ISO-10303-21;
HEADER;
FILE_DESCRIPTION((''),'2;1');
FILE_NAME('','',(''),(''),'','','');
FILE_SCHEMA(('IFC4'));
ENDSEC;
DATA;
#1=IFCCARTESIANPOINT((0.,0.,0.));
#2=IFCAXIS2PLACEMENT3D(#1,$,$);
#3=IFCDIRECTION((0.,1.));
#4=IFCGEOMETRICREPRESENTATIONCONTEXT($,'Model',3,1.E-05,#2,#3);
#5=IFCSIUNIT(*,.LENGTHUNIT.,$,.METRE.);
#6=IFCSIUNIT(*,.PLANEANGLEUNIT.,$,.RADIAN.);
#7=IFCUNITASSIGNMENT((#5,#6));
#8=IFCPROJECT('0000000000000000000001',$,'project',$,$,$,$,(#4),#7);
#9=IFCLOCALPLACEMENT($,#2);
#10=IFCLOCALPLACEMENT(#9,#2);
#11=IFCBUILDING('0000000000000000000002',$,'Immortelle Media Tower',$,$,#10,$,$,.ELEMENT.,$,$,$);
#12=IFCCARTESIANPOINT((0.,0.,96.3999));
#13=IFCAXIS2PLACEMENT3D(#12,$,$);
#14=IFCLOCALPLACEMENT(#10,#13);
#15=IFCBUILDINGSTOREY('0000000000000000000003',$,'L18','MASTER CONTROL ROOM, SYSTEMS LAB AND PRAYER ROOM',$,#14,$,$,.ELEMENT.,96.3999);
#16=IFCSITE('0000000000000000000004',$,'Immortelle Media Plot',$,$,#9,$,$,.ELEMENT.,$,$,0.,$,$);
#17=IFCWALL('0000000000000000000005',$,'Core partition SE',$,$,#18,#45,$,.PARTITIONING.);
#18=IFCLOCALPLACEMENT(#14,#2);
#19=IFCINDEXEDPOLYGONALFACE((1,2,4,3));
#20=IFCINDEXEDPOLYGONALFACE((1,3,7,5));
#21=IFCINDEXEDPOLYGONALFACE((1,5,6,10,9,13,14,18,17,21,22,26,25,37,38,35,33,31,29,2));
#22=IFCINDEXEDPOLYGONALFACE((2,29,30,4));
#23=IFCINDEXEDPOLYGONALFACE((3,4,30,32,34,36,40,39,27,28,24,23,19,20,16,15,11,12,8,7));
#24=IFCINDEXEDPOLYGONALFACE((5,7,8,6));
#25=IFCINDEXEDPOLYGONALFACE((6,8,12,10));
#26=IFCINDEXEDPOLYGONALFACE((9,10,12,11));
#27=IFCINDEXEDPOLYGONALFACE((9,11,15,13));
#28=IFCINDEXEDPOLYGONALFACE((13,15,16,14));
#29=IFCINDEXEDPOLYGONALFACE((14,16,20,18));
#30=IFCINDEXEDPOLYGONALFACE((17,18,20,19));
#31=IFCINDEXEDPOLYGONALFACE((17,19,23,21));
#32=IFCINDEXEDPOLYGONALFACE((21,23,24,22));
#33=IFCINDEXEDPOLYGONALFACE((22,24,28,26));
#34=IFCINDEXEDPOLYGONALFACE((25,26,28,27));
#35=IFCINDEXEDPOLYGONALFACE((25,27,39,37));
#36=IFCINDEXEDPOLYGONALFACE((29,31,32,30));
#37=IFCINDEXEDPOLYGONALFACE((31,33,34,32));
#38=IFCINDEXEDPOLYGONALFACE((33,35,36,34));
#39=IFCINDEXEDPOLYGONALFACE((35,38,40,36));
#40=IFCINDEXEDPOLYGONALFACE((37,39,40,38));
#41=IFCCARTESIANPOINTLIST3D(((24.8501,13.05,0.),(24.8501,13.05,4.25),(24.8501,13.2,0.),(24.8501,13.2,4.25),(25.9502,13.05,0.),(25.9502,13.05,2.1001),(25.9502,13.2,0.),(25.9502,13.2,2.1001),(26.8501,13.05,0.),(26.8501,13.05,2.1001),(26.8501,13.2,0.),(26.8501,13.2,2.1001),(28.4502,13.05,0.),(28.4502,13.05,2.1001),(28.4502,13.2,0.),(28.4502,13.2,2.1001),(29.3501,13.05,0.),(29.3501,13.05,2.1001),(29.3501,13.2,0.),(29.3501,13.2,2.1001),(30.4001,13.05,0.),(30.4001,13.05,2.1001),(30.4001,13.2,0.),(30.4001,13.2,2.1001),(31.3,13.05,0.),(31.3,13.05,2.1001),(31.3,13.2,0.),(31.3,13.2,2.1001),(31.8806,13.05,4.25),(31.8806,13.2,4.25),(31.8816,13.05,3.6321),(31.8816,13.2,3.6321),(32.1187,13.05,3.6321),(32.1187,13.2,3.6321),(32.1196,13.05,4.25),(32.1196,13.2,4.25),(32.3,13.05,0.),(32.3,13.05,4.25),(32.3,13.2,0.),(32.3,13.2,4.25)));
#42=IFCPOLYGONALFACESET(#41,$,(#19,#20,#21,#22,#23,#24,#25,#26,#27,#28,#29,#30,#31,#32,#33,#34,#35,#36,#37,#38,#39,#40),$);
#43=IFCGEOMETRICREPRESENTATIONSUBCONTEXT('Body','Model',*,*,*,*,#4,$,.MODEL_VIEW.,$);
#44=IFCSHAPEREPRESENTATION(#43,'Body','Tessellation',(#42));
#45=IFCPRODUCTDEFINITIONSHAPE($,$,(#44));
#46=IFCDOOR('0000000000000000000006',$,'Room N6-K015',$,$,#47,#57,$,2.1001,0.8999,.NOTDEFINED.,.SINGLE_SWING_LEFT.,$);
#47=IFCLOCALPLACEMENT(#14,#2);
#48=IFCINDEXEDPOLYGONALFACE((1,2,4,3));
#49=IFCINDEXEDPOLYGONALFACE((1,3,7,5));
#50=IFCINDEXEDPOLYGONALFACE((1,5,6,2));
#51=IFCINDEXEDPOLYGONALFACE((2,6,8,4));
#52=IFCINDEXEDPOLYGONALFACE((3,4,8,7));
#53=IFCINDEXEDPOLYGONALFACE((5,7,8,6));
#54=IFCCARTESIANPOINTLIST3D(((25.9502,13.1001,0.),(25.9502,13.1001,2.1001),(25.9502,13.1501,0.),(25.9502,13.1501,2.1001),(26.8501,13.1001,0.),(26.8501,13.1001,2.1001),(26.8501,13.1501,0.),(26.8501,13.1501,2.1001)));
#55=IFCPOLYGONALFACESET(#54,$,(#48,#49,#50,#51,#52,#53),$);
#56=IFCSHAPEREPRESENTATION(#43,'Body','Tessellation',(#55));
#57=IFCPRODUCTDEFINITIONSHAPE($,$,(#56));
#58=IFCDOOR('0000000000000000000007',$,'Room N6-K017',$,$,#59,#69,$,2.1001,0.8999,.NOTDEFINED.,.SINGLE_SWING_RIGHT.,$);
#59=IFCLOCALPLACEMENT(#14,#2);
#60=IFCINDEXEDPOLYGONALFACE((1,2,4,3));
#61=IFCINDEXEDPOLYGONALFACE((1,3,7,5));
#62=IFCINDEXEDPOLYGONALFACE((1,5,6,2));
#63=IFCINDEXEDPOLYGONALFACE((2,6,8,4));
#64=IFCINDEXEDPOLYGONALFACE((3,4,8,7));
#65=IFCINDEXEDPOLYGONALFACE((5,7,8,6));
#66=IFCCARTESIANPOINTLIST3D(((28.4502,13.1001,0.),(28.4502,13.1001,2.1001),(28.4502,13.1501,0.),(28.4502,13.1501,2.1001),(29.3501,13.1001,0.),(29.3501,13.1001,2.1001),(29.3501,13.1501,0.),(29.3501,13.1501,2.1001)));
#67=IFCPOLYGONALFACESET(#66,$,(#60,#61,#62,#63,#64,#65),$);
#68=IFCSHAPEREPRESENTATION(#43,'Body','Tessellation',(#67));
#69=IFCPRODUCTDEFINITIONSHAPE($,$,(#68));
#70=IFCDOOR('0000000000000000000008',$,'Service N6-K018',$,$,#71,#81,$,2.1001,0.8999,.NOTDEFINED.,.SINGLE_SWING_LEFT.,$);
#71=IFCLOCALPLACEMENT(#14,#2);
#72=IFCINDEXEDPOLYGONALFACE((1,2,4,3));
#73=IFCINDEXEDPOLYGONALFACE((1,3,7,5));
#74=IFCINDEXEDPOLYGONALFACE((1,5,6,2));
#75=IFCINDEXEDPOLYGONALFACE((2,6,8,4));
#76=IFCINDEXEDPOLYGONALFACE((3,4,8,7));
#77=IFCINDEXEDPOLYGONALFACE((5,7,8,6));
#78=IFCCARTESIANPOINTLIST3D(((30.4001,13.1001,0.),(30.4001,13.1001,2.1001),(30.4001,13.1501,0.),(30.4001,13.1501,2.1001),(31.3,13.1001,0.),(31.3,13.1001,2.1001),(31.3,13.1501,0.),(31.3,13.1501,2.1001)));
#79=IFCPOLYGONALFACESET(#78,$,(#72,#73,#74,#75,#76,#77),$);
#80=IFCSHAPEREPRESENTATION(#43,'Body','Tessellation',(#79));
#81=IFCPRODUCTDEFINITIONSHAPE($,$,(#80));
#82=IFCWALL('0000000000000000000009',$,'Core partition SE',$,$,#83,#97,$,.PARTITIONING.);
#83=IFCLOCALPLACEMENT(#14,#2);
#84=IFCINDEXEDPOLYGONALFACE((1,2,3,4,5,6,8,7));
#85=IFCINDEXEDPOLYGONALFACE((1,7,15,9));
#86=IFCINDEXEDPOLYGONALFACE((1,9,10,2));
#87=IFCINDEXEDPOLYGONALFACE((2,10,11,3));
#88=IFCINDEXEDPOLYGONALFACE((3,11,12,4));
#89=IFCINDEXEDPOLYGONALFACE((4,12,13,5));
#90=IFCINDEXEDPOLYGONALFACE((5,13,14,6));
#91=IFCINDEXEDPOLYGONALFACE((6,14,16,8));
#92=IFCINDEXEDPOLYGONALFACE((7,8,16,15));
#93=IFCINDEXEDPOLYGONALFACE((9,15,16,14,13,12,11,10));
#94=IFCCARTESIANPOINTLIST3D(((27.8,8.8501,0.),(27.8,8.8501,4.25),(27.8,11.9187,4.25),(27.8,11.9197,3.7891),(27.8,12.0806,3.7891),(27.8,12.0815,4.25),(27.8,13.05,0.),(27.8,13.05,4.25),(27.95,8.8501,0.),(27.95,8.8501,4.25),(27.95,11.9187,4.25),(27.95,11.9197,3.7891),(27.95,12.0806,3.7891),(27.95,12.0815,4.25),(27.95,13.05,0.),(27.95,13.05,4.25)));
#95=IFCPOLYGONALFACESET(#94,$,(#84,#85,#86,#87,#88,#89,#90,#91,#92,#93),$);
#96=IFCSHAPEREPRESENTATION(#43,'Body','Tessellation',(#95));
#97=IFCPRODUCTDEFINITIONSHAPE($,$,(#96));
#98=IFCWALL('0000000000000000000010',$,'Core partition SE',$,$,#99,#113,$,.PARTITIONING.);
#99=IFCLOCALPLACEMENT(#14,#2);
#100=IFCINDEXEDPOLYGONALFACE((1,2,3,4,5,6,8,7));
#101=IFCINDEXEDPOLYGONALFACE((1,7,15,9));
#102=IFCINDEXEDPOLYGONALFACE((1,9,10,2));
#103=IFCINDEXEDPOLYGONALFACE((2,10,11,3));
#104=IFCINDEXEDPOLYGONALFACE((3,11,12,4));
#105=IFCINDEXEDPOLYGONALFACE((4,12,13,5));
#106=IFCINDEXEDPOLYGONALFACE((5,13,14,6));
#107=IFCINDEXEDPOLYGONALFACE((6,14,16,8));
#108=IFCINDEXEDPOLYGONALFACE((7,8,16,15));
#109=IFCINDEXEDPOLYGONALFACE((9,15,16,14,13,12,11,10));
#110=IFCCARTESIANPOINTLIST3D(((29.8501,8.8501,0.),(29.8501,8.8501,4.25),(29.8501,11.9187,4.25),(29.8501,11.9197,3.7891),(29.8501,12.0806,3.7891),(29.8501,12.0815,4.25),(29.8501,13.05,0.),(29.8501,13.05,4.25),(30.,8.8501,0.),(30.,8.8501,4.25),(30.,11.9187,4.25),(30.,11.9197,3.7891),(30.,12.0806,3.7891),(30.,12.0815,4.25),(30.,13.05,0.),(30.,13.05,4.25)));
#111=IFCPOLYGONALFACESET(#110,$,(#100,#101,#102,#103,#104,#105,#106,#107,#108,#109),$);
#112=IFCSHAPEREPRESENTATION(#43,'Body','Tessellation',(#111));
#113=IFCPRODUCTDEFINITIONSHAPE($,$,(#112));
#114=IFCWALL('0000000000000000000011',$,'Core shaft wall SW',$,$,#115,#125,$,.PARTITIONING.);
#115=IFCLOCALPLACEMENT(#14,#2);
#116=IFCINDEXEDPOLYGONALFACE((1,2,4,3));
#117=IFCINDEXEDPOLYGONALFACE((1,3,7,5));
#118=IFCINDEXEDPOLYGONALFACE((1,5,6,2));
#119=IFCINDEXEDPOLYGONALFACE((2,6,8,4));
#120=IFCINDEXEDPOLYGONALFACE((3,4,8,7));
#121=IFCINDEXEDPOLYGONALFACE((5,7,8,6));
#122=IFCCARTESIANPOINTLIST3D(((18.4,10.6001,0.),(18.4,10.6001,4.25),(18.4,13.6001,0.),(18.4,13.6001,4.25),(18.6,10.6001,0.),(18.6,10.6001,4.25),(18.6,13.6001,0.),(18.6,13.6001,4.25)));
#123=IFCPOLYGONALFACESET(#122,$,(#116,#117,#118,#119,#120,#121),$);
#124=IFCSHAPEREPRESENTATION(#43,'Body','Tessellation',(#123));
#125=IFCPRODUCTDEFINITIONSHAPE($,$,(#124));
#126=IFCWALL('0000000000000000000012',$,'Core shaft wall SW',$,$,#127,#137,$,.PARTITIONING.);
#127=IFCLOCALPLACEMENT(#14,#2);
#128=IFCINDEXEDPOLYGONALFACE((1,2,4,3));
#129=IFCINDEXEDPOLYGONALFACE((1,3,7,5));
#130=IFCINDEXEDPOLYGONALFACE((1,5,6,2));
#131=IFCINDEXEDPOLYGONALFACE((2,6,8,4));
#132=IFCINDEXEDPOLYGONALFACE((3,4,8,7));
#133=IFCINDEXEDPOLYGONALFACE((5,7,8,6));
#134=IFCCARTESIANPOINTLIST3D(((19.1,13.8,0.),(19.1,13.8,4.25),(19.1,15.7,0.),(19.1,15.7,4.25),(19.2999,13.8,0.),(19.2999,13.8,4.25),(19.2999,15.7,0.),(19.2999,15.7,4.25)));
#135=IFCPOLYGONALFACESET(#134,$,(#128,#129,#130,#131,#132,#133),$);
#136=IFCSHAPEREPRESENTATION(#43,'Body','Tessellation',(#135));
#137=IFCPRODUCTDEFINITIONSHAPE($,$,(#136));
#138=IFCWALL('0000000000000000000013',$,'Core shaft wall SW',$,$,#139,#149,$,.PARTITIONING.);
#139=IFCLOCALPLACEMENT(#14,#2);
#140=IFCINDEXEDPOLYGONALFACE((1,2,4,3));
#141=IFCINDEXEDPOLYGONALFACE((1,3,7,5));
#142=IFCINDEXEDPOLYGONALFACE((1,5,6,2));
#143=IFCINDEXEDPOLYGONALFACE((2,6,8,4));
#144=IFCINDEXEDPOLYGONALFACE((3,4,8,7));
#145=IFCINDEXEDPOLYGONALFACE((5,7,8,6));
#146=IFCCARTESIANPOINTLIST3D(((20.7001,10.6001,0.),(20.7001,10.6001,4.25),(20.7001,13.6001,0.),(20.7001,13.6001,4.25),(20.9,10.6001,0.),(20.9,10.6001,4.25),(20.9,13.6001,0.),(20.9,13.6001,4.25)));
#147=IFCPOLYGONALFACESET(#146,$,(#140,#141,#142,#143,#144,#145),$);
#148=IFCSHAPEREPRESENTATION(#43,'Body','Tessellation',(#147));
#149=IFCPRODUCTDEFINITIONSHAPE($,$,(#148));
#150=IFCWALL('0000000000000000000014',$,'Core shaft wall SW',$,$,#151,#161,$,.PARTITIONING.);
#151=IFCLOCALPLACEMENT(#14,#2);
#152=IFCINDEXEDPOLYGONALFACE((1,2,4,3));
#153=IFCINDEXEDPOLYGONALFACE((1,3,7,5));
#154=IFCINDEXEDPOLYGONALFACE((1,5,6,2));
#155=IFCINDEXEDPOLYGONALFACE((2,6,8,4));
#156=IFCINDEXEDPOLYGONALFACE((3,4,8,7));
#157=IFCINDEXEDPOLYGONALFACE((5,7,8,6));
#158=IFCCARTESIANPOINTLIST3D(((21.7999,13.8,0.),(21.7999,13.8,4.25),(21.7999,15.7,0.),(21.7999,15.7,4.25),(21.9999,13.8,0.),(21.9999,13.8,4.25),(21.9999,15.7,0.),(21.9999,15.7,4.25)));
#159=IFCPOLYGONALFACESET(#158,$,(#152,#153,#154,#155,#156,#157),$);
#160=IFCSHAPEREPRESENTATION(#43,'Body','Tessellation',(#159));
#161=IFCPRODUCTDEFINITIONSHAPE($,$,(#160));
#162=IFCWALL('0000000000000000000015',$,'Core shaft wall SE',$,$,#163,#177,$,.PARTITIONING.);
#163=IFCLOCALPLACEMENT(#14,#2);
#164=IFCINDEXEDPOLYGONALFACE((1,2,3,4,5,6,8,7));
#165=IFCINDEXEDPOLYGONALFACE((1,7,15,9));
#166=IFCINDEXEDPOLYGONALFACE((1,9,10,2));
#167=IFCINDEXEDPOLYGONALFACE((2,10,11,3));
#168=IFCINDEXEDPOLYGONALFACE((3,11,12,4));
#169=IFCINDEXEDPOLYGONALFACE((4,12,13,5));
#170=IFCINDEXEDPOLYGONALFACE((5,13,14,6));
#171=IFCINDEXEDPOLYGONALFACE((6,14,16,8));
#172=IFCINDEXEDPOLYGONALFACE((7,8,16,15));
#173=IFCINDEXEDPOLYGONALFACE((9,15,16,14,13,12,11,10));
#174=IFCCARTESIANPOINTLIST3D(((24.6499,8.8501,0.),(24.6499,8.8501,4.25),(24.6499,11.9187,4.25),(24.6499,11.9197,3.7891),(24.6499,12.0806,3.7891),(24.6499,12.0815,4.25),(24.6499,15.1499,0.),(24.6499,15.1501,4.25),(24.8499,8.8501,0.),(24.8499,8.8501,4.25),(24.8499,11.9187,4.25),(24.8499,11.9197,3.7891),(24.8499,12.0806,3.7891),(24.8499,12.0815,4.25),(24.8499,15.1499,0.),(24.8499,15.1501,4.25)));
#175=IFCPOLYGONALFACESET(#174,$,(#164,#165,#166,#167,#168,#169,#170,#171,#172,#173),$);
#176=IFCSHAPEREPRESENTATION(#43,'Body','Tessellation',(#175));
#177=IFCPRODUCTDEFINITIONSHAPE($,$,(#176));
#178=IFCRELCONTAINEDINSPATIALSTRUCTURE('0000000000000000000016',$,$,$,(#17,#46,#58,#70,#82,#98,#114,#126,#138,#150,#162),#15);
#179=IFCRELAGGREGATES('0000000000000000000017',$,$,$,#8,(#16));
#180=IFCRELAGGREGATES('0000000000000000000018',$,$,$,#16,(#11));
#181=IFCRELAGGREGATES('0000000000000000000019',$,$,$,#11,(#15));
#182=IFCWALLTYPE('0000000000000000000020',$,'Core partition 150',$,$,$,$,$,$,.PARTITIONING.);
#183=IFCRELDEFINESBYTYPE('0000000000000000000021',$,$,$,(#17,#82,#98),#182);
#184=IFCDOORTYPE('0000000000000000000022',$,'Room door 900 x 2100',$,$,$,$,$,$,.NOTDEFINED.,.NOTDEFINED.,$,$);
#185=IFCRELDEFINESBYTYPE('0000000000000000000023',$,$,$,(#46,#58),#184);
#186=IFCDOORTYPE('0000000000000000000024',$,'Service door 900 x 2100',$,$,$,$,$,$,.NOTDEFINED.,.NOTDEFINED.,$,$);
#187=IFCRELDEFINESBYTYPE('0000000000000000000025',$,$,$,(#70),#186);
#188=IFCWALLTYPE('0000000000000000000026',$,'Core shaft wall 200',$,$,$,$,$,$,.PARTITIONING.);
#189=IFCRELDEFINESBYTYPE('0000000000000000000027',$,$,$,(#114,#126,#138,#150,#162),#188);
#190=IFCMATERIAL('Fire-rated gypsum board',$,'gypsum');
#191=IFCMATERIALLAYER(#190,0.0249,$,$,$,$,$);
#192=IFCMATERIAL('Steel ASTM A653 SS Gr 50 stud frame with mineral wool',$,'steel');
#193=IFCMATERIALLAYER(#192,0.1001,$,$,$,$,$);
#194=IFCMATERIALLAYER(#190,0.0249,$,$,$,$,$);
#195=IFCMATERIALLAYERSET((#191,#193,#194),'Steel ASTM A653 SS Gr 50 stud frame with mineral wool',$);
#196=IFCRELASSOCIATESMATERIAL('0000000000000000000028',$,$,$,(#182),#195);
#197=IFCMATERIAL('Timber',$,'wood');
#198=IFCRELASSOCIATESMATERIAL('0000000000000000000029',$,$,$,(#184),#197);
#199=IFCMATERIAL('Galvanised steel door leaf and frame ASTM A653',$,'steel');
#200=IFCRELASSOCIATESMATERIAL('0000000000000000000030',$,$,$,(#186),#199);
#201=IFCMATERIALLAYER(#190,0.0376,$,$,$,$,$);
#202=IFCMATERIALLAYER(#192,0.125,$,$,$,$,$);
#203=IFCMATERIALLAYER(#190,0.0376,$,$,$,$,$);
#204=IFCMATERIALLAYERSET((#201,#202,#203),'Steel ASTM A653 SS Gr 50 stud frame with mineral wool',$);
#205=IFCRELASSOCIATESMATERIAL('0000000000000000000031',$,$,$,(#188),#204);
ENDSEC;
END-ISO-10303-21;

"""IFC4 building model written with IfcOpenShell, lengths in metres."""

from ifc_helpers import new_model, si_unit, direction, frame, frame_2d, origin, place, context, subcontext, project, spatial, polyline, rectangle, outline, extrude, material, layer, layer_set, type_object, element, fill, save


model = new_model("IFC4")

# Units and contexts
model_context = context("Model", 3, precision=1e-05, world=origin(), true_north=direction((0.0, 1.0)))
body_context = subcontext(model_context, "Body", "Model", "MODEL_VIEW")
ifc_project = project(units=[si_unit("LENGTHUNIT", "METRE"), si_unit("PLANEANGLEUNIT", "RADIAN")], contexts=[model_context])

# Site, building, storey
site_placement = place(None, origin())
site = spatial("IfcSite", under=ifc_project, at=site_placement, Name="Immortelle Media Plot", CompositionType="ELEMENT", RefElevation=0.0)
building_placement = place(site_placement, origin())
building = spatial("IfcBuilding", under=site, at=building_placement, Name="Immortelle Media Tower", CompositionType="ELEMENT")
storey_placement = place(building_placement, frame((0.0, 0.0, 96.3999)))
storey = spatial("IfcBuildingStorey", under=building, at=storey_placement, Name="L18", Description="MASTER CONTROL ROOM, SYSTEMS LAB AND PRAYER ROOM", CompositionType="ELEMENT", Elevation=96.3999)

# Wall, openings, doors
ifc_material_1 = material(Name="Fire-rated gypsum board", Category="gypsum")
ifc_layer_1 = layer(ifc_material_1, 0.0249)
ifc_material_2 = material(Name="Steel ASTM A653 SS Gr 50 stud frame with mineral wool", Category="steel")
ifc_layer_2 = layer(ifc_material_2, 0.1001)
ifc_layer_3 = layer(ifc_material_1, 0.0249)
ifc_layer_set_1 = layer_set([ifc_layer_1, ifc_layer_2, ifc_layer_3], Name="Steel ASTM A653 SS Gr 50 stud frame with mineral wool")
wall_type_1 = type_object("IfcWallType", Name="Core partition 150", PredefinedType="PARTITIONING", material=ifc_layer_set_1)
wall_1_placement = place(storey_placement, frame((24.8501, 13.125, 0.0), z_axis=(0.0, 0.0, 1.0), x_axis=(1.0, 0.0, 0.0)))
wall_1 = element("IfcWall", 1, at=wall_1_placement, inside=storey, type_object=wall_type_1, Name="Core partition SE", PredefinedType="PARTITIONING", context=body_context, shape_type="SweptSolid", body=[
    extrude(outline(polyline([(0.0, 0.0), (7.45, 0.0), (7.45, 4.25), (7.2695, 4.25), (7.2686, 3.6321), (7.0315, 3.6321), (7.0305, 4.25), (0.0, 4.25), (0.0, 0.0)])), frame((0.0, 0.075, 0.0), z_axis=(0.0, -1.0, 0.0), x_axis=(1.0, 0.0, 0.0)), (0.0, 0.0, 1.0), 0.1499),
])
opening_1_placement = place(wall_1_placement, frame((2.0, 0.0, 0.0), z_axis=(0.0, 0.0, 1.0), x_axis=(-1.0, 0.0, 0.0)))
opening_1 = element("IfcOpeningElement", 2, at=opening_1_placement, cuts=wall_1, PredefinedType="OPENING", context=body_context, shape_type="SweptSolid", body=[
    extrude(rectangle(XDim=0.8999, YDim=2.1001, at=frame_2d((0.45, 1.05))), frame((0.0, 0.085, 0.0), z_axis=(0.0, -1.0, 0.0), x_axis=(1.0, 0.0, 0.0)), (0.0, 0.0, 1.0), 0.1699),
])
opening_2_placement = place(wall_1_placement, frame((4.5, 0.0, 0.0), z_axis=(0.0, 0.0, 1.0), x_axis=(-1.0, 0.0, 0.0)))
opening_2 = element("IfcOpeningElement", 3, at=opening_2_placement, cuts=wall_1, PredefinedType="OPENING", context=body_context, shape_type="SweptSolid", body=[
    extrude(rectangle(XDim=0.8999, YDim=2.1001, at=frame_2d((0.45, 1.05))), frame((0.0, 0.085, 0.0), z_axis=(0.0, -1.0, 0.0), x_axis=(1.0, 0.0, 0.0)), (0.0, 0.0, 1.0), 0.1699),
])
opening_3_placement = place(wall_1_placement, frame((6.45, 0.0, 0.0), z_axis=(0.0, 0.0, 1.0), x_axis=(-1.0, 0.0, 0.0)))
opening_3 = element("IfcOpeningElement", 4, at=opening_3_placement, cuts=wall_1, PredefinedType="OPENING", context=body_context, shape_type="SweptSolid", body=[
    extrude(rectangle(XDim=0.8999, YDim=2.1001, at=frame_2d((0.45, 1.05))), frame((0.0, 0.085, 0.0), z_axis=(0.0, -1.0, 0.0), x_axis=(1.0, 0.0, 0.0)), (0.0, 0.0, 1.0), 0.1699),
])
ifc_material_3 = material(Name="Timber", Category="wood")
door_type_1 = type_object("IfcDoorType", Name="Room door 900 x 2100", OperationType="NOTDEFINED", PredefinedType="NOTDEFINED", material=ifc_material_3)
door_1_placement = place(opening_1_placement, origin())
door_1 = element("IfcDoor", 5, at=door_1_placement, inside=storey, type_object=door_type_1, Name="Room N6-K015", OperationType="SINGLE_SWING_LEFT", OverallHeight=2.1001, OverallWidth=0.8999, PredefinedType="NOTDEFINED", context=body_context, shape_type="SweptSolid", body=[
    extrude(rectangle(XDim=0.8999, YDim=2.1001, at=frame_2d((0.45, 1.05))), frame((0.0, 0.0249, 0.0), z_axis=(0.0, -1.0, 0.0), x_axis=(1.0, 0.0, 0.0)), (0.0, 0.0, 1.0), 0.05),
])
fill(opening_1, door_1)
door_2_placement = place(opening_2_placement, origin())
door_2 = element("IfcDoor", 6, at=door_2_placement, inside=storey, type_object=door_type_1, Name="Room N6-K017", OperationType="SINGLE_SWING_RIGHT", OverallHeight=2.1001, OverallWidth=0.8999, PredefinedType="NOTDEFINED", context=body_context, shape_type="SweptSolid", body=[
    extrude(rectangle(XDim=0.8999, YDim=2.1001, at=frame_2d((0.45, 1.05))), frame((0.0, 0.0249, 0.0), z_axis=(0.0, -1.0, 0.0), x_axis=(1.0, 0.0, 0.0)), (0.0, 0.0, 1.0), 0.05),
])
fill(opening_2, door_2)
ifc_material_4 = material(Name="Galvanised steel door leaf and frame ASTM A653", Category="steel")
door_type_2 = type_object("IfcDoorType", Name="Service door 900 x 2100", OperationType="NOTDEFINED", PredefinedType="NOTDEFINED", material=ifc_material_4)
door_3_placement = place(opening_3_placement, origin())
door_3 = element("IfcDoor", 7, at=door_3_placement, inside=storey, type_object=door_type_2, Name="Service N6-K018", OperationType="SINGLE_SWING_LEFT", OverallHeight=2.1001, OverallWidth=0.8999, PredefinedType="NOTDEFINED", context=body_context, shape_type="SweptSolid", body=[
    extrude(rectangle(XDim=0.8999, YDim=2.1001, at=frame_2d((0.45, 1.05))), frame((0.0, 0.0249, 0.0), z_axis=(0.0, -1.0, 0.0), x_axis=(1.0, 0.0, 0.0)), (0.0, 0.0, 1.0), 0.05),
])
fill(opening_3, door_3)

# Walls
for number, where, z_axis, x_axis, name in (
    (8, (27.875, 8.8501, 0.0), (0.0, 0.0, 1.0), (0.0, 1.0, 0.0), "Core partition SE"),
    (9, (29.925, 8.8501, 0.0), (0.0, 0.0, 1.0), (0.0, 1.0, 0.0), "Core partition SE"),
):
    element("IfcWall", number, at=place(storey_placement, frame(where, z_axis=z_axis, x_axis=x_axis)), inside=storey, type_object=wall_type_1, Name=name, PredefinedType="PARTITIONING", context=body_context, shape_type="SweptSolid", body=[
        extrude(outline(polyline([(0.0, 0.0), (4.2, 0.0), (4.2, 4.25), (3.2314, 4.25), (3.2305, 3.7891), (3.0696, 3.7891), (3.0686, 4.25), (0.0, 4.25), (0.0, 0.0)])), frame((0.0, 0.075, 0.0), z_axis=(0.0, -1.0, 0.0), x_axis=(1.0, 0.0, 0.0)), (0.0, 0.0, 1.0), 0.1499),
    ])
ifc_layer_4 = layer(ifc_material_1, 0.0376)
ifc_layer_5 = layer(ifc_material_2, 0.125)
ifc_layer_6 = layer(ifc_material_1, 0.0376)
ifc_layer_set_2 = layer_set([ifc_layer_4, ifc_layer_5, ifc_layer_6], Name="Steel ASTM A653 SS Gr 50 stud frame with mineral wool")
wall_type_2 = type_object("IfcWallType", Name="Core shaft wall 200", PredefinedType="PARTITIONING", material=ifc_layer_set_2)
wall_2_placement = place(storey_placement, frame((18.5, 10.6001, 0.0), z_axis=(0.0, 0.0, 1.0), x_axis=(0.0, 1.0, 0.0)))
element("IfcWall", 10, at=wall_2_placement, inside=storey, type_object=wall_type_2, Name="Core shaft wall SW", PredefinedType="PARTITIONING", context=body_context, shape_type="SweptSolid", body=[
    extrude(rectangle(XDim=3.0, YDim=0.2, at=frame_2d((1.5, 0.0))), origin(), (0.0, 0.0, 1.0), 4.25),
])
wall_3_placement = place(storey_placement, frame((19.2, 13.8, 0.0), z_axis=(0.0, 0.0, 1.0), x_axis=(0.0, 1.0, 0.0)))
element("IfcWall", 11, at=wall_3_placement, inside=storey, type_object=wall_type_2, Name="Core shaft wall SW", PredefinedType="PARTITIONING", context=body_context, shape_type="SweptSolid", body=[
    extrude(rectangle(XDim=1.8999, YDim=0.2, at=frame_2d((0.95, 0.0))), origin(), (0.0, 0.0, 1.0), 4.25),
])
wall_4_placement = place(storey_placement, frame((20.8, 10.6001, 0.0), z_axis=(0.0, 0.0, 1.0), x_axis=(0.0, 1.0, 0.0)))
element("IfcWall", 12, at=wall_4_placement, inside=storey, type_object=wall_type_2, Name="Core shaft wall SW", PredefinedType="PARTITIONING", context=body_context, shape_type="SweptSolid", body=[
    extrude(rectangle(XDim=3.0, YDim=0.2, at=frame_2d((1.5, 0.0))), origin(), (0.0, 0.0, 1.0), 4.25),
])
wall_5_placement = place(storey_placement, frame((21.8999, 13.8, 0.0), z_axis=(0.0, 0.0, 1.0), x_axis=(0.0, 1.0, 0.0)))
element("IfcWall", 13, at=wall_5_placement, inside=storey, type_object=wall_type_2, Name="Core shaft wall SW", PredefinedType="PARTITIONING", context=body_context, shape_type="SweptSolid", body=[
    extrude(rectangle(XDim=1.8999, YDim=0.2, at=frame_2d((0.95, 0.0))), origin(), (0.0, 0.0, 1.0), 4.25),
])
wall_6_placement = place(storey_placement, frame((24.75, 8.8501, 0.0), z_axis=(0.0, 0.0, 1.0), x_axis=(0.0, 1.0, 0.0)))
element("IfcWall", 14, at=wall_6_placement, inside=storey, type_object=wall_type_2, Name="Core shaft wall SE", PredefinedType="PARTITIONING", context=body_context, shape_type="SweptSolid", body=[
    extrude(outline(polyline([(0.0, 0.0), (6.2998, 0.0), (6.3, 4.25), (3.2314, 4.25), (3.2305, 3.7891), (3.0696, 3.7891), (3.0686, 4.25), (0.0, 4.25), (0.0, 0.0)])), frame((0.0, 0.1001, 0.0), z_axis=(0.0, -1.0, 0.0), x_axis=(1.0, 0.0, 0.0)), (0.0, 0.0, 1.0), 0.2),
])

save(model, "model.ifc")
